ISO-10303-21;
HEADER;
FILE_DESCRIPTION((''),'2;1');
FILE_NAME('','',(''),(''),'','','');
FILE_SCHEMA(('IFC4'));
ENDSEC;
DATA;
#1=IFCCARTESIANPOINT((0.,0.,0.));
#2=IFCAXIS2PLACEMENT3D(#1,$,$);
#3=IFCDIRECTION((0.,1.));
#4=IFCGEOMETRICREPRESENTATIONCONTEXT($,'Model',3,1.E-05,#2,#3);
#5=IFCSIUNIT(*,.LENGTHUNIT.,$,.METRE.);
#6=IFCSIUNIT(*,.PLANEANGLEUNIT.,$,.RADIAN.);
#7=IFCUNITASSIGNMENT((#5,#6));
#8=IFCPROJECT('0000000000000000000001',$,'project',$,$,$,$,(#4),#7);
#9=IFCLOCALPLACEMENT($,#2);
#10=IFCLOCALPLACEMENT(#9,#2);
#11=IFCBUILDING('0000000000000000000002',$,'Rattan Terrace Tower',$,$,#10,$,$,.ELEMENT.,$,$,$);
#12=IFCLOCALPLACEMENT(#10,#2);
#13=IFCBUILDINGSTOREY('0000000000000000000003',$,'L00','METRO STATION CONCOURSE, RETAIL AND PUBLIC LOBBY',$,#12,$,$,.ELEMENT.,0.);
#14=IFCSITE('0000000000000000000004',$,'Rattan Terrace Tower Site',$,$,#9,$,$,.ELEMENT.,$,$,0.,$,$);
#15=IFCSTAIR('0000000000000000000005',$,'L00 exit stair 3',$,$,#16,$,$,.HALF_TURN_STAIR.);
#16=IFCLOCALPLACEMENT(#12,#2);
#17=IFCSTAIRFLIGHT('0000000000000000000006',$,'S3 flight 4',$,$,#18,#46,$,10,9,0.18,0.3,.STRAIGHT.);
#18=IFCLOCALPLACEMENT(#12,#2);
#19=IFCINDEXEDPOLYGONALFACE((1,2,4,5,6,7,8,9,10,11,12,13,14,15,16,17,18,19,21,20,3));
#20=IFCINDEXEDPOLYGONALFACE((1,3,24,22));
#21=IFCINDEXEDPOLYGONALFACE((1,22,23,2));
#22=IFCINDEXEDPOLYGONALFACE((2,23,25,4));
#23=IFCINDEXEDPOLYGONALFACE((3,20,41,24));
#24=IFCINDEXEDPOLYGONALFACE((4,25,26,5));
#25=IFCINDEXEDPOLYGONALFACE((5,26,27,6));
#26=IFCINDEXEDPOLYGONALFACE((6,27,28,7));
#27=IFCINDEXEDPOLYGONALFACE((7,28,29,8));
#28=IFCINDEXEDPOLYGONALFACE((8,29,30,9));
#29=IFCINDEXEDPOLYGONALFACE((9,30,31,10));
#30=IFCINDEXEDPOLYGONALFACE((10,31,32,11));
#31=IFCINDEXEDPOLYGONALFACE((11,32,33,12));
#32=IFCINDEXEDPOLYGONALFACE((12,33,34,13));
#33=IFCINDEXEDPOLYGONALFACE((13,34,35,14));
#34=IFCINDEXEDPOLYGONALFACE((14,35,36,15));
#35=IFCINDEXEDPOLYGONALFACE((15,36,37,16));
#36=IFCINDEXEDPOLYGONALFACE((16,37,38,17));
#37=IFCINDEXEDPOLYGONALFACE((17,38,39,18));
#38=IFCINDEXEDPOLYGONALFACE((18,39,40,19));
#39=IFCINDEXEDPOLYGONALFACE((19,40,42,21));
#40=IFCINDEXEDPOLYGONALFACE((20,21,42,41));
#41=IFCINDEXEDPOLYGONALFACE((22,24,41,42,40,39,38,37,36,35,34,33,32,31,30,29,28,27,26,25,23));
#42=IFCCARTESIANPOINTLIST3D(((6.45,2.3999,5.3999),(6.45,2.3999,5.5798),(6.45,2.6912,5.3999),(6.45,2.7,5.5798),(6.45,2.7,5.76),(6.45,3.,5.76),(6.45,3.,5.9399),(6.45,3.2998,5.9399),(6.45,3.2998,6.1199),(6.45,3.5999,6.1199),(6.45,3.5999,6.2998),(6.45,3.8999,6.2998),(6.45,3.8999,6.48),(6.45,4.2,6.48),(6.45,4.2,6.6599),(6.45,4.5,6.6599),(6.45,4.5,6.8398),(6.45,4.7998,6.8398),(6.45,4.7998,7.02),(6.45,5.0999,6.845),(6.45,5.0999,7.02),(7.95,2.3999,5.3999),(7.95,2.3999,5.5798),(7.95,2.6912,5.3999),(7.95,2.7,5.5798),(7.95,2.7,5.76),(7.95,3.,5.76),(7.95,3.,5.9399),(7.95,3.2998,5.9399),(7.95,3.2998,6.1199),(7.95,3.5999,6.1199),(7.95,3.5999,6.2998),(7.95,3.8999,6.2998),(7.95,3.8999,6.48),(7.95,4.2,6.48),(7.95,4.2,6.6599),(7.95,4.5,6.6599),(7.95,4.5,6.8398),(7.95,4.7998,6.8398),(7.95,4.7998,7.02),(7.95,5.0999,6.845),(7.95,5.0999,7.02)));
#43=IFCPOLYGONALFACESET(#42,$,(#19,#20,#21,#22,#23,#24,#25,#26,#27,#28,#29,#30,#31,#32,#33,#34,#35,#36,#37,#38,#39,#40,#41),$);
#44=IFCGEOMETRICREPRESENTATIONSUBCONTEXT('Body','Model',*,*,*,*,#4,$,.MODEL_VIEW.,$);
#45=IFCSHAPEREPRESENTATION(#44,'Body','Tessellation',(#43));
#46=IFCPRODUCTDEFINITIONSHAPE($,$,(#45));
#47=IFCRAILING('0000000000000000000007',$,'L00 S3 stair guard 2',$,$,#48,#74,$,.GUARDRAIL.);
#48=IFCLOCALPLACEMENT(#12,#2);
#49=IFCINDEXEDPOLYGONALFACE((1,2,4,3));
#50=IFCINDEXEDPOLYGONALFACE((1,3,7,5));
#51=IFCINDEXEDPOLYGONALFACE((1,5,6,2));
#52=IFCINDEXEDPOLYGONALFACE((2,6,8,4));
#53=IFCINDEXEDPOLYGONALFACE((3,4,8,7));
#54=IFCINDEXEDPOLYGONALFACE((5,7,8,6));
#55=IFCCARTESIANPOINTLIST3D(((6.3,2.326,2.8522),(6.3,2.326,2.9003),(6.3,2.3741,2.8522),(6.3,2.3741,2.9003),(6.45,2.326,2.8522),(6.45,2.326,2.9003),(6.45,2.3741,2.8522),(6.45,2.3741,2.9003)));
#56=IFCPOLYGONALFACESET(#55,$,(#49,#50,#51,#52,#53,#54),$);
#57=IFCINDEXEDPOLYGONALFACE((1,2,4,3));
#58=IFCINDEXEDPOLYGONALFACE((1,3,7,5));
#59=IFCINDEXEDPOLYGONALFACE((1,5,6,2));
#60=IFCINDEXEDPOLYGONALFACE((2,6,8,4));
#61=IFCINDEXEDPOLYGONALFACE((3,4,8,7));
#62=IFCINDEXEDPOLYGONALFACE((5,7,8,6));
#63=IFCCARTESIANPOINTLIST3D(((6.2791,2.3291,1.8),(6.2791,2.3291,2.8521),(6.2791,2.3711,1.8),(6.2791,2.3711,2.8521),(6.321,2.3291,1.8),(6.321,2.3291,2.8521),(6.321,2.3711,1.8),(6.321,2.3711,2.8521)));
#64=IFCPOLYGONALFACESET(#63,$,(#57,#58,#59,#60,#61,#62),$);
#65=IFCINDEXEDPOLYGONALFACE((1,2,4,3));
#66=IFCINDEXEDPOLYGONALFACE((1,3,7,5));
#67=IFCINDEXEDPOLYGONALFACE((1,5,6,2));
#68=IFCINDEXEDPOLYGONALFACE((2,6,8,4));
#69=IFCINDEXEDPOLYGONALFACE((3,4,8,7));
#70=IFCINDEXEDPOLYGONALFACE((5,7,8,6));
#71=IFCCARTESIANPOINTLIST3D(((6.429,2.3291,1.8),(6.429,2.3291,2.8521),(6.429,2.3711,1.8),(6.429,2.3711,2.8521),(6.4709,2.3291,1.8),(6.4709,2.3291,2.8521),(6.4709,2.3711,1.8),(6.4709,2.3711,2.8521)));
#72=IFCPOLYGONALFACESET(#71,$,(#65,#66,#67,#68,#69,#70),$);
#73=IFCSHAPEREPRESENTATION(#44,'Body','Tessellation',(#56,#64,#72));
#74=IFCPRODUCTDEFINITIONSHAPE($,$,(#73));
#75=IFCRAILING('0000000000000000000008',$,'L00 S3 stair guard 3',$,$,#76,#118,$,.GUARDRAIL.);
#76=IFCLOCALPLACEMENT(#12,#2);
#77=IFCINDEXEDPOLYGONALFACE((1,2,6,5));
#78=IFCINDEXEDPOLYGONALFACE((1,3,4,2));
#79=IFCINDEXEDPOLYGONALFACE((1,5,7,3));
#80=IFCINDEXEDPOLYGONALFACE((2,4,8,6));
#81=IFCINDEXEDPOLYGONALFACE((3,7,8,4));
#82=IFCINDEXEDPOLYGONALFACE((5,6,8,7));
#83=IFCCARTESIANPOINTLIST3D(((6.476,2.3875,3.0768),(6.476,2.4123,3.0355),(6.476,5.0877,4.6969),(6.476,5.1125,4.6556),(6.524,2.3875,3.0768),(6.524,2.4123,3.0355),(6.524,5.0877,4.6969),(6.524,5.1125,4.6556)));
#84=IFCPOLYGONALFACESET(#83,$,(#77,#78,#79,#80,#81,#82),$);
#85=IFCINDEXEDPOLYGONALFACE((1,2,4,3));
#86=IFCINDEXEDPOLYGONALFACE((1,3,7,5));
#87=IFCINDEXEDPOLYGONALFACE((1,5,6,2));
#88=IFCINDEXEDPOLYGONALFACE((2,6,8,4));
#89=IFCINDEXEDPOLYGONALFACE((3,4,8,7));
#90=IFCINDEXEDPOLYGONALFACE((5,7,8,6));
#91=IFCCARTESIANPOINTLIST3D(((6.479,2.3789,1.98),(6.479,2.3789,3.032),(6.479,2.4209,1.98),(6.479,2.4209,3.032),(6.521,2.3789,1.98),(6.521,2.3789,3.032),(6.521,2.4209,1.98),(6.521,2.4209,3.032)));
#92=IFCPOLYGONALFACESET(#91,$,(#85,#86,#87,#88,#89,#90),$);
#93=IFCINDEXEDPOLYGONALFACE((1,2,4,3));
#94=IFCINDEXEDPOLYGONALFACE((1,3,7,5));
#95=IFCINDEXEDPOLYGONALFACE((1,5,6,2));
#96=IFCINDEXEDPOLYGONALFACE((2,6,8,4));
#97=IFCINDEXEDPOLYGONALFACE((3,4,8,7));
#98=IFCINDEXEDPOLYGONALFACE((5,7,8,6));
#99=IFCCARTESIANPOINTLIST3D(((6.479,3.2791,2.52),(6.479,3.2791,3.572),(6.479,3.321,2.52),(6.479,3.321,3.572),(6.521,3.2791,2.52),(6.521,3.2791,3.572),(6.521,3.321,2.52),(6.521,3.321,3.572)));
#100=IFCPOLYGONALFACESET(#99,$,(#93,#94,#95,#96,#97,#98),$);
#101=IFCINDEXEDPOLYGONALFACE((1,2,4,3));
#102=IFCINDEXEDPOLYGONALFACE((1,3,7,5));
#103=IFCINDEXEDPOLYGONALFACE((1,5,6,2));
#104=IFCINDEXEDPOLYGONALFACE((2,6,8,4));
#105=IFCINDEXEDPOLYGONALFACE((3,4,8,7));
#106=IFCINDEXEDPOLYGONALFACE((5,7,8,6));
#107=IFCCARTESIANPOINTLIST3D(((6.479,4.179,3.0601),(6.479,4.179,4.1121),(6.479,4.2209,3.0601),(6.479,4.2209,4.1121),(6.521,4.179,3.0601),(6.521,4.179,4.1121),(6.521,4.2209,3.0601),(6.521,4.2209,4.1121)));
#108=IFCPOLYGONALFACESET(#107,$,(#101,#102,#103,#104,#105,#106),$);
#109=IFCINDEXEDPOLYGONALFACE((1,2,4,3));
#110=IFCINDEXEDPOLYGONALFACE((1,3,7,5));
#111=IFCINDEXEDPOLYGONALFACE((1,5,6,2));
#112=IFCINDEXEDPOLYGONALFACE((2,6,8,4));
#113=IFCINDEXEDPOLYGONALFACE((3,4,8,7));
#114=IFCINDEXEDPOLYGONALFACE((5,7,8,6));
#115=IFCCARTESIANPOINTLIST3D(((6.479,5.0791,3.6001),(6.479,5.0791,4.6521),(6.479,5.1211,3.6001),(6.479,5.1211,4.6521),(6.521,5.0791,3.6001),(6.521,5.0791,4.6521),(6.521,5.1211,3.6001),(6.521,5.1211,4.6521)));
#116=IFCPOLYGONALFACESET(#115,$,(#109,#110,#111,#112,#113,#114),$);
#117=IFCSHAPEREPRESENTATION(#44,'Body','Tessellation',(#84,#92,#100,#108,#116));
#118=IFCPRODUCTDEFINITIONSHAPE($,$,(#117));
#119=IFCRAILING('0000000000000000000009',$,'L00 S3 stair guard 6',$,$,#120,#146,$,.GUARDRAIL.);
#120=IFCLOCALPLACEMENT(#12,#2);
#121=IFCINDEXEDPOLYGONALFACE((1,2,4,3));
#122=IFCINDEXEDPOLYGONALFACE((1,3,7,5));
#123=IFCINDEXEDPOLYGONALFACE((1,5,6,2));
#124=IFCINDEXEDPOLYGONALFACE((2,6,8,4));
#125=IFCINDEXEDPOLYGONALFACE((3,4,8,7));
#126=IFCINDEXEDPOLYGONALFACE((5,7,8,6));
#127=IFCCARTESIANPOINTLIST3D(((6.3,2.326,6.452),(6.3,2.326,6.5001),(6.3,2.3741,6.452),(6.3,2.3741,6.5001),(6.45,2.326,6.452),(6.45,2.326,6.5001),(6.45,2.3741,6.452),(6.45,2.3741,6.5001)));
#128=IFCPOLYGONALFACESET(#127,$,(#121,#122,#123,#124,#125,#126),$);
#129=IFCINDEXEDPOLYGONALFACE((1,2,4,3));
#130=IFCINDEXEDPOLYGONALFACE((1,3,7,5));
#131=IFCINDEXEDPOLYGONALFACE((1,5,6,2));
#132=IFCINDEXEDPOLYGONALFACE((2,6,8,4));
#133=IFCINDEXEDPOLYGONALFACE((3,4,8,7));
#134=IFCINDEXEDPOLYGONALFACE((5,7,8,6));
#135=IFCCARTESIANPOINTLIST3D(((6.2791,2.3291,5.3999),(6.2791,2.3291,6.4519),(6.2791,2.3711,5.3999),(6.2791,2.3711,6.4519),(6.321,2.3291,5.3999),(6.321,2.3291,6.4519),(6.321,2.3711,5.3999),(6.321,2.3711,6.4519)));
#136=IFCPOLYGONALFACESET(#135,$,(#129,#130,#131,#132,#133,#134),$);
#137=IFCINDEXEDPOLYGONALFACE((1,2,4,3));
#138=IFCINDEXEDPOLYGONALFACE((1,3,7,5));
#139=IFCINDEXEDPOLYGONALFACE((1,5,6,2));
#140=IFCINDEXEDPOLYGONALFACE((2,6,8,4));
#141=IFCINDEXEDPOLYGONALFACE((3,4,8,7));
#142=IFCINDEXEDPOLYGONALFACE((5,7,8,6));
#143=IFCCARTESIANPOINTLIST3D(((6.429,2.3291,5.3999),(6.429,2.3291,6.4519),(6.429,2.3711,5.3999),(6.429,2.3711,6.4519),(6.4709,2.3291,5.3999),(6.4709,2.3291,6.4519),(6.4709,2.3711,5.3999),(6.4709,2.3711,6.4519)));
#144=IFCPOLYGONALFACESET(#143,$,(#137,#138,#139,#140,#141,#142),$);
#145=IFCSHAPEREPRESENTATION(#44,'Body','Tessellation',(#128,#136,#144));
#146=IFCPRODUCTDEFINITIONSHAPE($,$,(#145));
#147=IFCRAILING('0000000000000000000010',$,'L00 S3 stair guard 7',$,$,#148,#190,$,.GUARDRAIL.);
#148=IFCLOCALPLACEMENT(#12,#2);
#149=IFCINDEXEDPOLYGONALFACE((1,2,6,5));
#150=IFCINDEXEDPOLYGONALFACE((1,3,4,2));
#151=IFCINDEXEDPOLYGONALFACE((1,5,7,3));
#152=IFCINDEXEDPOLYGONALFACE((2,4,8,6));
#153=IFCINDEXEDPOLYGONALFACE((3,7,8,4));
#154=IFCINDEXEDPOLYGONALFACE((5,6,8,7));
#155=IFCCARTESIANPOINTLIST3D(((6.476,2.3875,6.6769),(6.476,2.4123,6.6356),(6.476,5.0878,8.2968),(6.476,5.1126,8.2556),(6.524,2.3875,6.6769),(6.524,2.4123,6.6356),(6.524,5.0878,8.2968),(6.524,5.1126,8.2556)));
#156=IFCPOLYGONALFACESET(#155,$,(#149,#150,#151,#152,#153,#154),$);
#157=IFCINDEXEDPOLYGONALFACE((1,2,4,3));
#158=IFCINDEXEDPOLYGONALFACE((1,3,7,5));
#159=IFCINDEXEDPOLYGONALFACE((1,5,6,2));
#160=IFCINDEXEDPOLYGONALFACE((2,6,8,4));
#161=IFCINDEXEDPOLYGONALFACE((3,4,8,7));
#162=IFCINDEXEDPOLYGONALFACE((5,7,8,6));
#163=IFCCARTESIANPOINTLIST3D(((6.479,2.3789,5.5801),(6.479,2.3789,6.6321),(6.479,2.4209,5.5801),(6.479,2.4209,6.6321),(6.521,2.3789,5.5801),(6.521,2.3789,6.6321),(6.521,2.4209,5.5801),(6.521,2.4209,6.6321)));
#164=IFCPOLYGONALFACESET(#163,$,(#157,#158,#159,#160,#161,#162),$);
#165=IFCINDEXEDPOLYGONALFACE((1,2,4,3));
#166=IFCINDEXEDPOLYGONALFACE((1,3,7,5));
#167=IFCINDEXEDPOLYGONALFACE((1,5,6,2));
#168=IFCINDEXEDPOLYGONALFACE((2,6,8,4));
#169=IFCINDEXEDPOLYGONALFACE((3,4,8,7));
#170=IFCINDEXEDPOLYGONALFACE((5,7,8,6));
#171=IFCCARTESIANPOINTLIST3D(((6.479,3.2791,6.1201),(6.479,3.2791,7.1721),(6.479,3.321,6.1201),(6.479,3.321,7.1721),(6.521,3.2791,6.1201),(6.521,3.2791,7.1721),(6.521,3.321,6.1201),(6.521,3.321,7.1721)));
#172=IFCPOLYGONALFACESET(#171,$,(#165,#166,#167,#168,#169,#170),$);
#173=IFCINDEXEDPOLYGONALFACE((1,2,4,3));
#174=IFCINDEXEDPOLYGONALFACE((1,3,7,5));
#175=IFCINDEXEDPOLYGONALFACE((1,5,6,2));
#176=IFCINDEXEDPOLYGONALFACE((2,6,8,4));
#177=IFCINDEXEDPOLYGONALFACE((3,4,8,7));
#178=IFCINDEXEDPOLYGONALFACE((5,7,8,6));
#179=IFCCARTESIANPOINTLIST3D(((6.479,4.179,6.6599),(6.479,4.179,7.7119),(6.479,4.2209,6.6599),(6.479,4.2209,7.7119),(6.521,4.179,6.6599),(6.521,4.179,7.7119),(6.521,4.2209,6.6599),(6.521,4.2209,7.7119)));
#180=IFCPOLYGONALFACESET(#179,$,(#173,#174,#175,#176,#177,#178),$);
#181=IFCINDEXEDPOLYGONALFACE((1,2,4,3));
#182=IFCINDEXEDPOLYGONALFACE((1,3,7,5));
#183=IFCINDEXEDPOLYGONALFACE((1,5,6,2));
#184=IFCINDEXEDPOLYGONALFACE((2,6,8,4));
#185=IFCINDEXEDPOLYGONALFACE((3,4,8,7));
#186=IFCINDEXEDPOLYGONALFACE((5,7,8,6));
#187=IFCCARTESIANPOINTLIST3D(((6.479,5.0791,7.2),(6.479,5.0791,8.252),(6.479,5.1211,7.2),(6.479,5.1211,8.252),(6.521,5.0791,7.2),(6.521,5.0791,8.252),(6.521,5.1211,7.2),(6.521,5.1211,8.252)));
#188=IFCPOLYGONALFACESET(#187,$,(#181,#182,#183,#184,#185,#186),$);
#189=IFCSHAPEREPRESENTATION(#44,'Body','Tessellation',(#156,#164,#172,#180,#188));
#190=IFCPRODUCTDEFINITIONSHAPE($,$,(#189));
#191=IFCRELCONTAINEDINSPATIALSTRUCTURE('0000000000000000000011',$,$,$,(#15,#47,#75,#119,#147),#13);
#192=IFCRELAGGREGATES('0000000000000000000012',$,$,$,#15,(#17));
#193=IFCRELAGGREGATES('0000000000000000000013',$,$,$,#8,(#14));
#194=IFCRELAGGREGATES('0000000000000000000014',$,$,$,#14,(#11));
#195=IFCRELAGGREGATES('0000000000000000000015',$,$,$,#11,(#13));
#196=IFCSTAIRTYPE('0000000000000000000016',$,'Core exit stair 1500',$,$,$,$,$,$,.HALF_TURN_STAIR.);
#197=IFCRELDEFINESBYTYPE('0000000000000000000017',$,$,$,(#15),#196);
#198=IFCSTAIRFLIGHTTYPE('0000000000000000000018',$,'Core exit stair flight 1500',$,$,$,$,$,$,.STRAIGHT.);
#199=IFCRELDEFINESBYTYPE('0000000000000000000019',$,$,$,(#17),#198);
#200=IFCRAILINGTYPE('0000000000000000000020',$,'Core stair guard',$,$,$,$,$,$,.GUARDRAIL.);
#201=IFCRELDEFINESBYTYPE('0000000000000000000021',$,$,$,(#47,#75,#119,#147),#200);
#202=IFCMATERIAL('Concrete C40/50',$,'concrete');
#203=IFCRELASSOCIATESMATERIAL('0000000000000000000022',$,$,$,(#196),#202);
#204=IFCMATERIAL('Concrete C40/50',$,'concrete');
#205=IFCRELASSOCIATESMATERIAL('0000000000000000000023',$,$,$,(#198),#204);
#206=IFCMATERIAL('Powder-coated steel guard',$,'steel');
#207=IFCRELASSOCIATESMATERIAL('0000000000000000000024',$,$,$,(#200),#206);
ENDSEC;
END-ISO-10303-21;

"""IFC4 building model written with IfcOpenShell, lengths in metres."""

from ifc_helpers import new_model, si_unit, direction, frame, origin, origin_2d, place, context, subcontext, project, spatial, polyline, rectangle, outline, extrude, material, type_object, element, aggregate, save


model = new_model("IFC4")

# Units and contexts
model_context = context("Model", 3, precision=1e-05, world=origin(), true_north=direction((0.0, 1.0)))
body_context = subcontext(model_context, "Body", "Model", "MODEL_VIEW")
ifc_project = project(units=[si_unit("LENGTHUNIT", "METRE"), si_unit("PLANEANGLEUNIT", "RADIAN")], contexts=[model_context])

# Site, building, storey
site_placement = place(None, origin())
site = spatial("IfcSite", under=ifc_project, at=site_placement, Name="Rattan Terrace Tower Site", CompositionType="ELEMENT", RefElevation=0.0)
building_placement = place(site_placement, origin())
building = spatial("IfcBuilding", under=site, at=building_placement, Name="Rattan Terrace Tower", CompositionType="ELEMENT")
storey_placement = place(building_placement, origin())
storey = spatial("IfcBuildingStorey", under=building, at=storey_placement, Name="L00", Description="METRO STATION CONCOURSE, RETAIL AND PUBLIC LOBBY", CompositionType="ELEMENT", Elevation=0.0)

# Stair, stair flight
ifc_material_1 = material(Name="Concrete C40/50", Category="concrete")
stair_type = type_object("IfcStairType", Name="Core exit stair 1500", PredefinedType="HALF_TURN_STAIR", material=ifc_material_1)
stair_placement = place(storey_placement, origin())
stair = element("IfcStair", 1, at=stair_placement, inside=storey, type_object=stair_type, Name="L00 exit stair 3", PredefinedType="HALF_TURN_STAIR")
ifc_material_2 = material(Name="Concrete C40/50", Category="concrete")
stair_flight_type = type_object("IfcStairFlightType", Name="Core exit stair flight 1500", PredefinedType="STRAIGHT", material=ifc_material_2)
stair_flight_1_placement = place(storey_placement, frame((7.2, 2.3999, 5.3999), z_axis=(0.0, 0.0, 1.0), x_axis=(0.0, 1.0, 0.0)))
stair_flight_1 = element("IfcStairFlight", 2, at=stair_flight_1_placement, type_object=stair_flight_type, Name="S3 flight 4", NumberOfRisers=10, NumberOfTreads=9, PredefinedType="STRAIGHT", RiserHeight=0.18, TreadLength=0.3, context=body_context, shape_type="SweptSolid", body=[
    extrude(outline(polyline([(0.0, 0.0), (0.0, 0.1799), (0.3, 0.1799), (0.3, 0.3601), (0.6001, 0.3601), (0.6001, 0.54), (0.8999, 0.54), (0.8999, 0.72), (1.2, 0.72), (1.2, 0.8999), (1.5, 0.8999), (1.5, 1.0801), (1.8, 1.0801), (1.8, 1.26), (2.1001, 1.26), (2.1001, 1.4399), (2.3999, 1.4399), (2.3999, 1.6201), (2.7, 1.6201), (2.7, 1.8), (2.7, 1.4451), (0.2913, 0.0), (0.0, 0.0)])), frame((0.0, 0.75, 0.0), z_axis=(0.0, -1.0, 0.0), x_axis=(1.0, 0.0, 0.0)), (0.0, 0.0, 1.0), 1.5),
])
aggregate(stair, [stair_flight_1])

# Railings
ifc_material_3 = material(Name="Powder-coated steel guard", Category="steel")
railing_type_1 = type_object("IfcRailingType", Name="Core stair guard", PredefinedType="GUARDRAIL", material=ifc_material_3)
railing_1_placement = place(storey_placement, frame((6.3, 2.3501, 1.8)))
element("IfcRailing", 3, at=railing_1_placement, inside=storey, type_object=railing_type_1, Name="L00 S3 stair guard 2", PredefinedType="GUARDRAIL", context=body_context, shape_type="SweptSolid", body=[
    extrude(rectangle(XDim=0.0481, YDim=0.0481, at=origin_2d()), frame((0.0, 0.0, 1.0762), z_axis=(1.0, 0.0, 0.0), x_axis=(0.0, 1.0, 0.0)), (0.0, 0.0, 1.0), 0.1499),
    extrude(rectangle(XDim=0.042, YDim=0.042, at=origin_2d()), origin(), (0.0, 0.0, 1.0), 1.052),
    extrude(rectangle(XDim=0.042, YDim=0.042, at=origin_2d()), frame((0.1499, 0.0, 0.0)), (0.0, 0.0, 1.0), 1.052),
])
railing_2_placement = place(storey_placement, frame((6.5, 2.3999, 1.98)))
element("IfcRailing", 4, at=railing_2_placement, inside=storey, type_object=railing_type_1, Name="L00 S3 stair guard 3", PredefinedType="GUARDRAIL", context=body_context, shape_type="SweptSolid", body=[
    extrude(rectangle(XDim=0.0481, YDim=0.0481, at=origin_2d()), frame((0.0, 0.0, 1.0762), z_axis=(0.0, 0.857493, 0.514496), x_axis=(-1.0, 0.0, 0.0)), (0.0, 0.0, 1.0), 3.1489),
    extrude(rectangle(XDim=0.042, YDim=0.042, at=origin_2d()), origin(), (0.0, 0.0, 1.0), 1.052),
    extrude(rectangle(XDim=0.042, YDim=0.042, at=origin_2d()), frame((0.0, 0.9001, 0.54)), (0.0, 0.0, 1.0), 1.052),
    extrude(rectangle(XDim=0.042, YDim=0.042, at=origin_2d()), frame((0.0, 1.8, 1.0801)), (0.0, 0.0, 1.0), 1.052),
    extrude(rectangle(XDim=0.042, YDim=0.042, at=origin_2d()), frame((0.0, 2.7002, 1.6201)), (0.0, 0.0, 1.0), 1.052),
])
railing_3_placement = place(storey_placement, frame((6.3, 2.3501, 5.3999)))
element("IfcRailing", 5, at=railing_3_placement, inside=storey, type_object=railing_type_1, Name="L00 S3 stair guard 6", PredefinedType="GUARDRAIL", context=body_context, shape_type="SweptSolid", body=[
    extrude(rectangle(XDim=0.0481, YDim=0.0481, at=origin_2d()), frame((0.0, 0.0, 1.0762), z_axis=(1.0, 0.0, 0.0), x_axis=(0.0, 1.0, 0.0)), (0.0, 0.0, 1.0), 0.1499),
    extrude(rectangle(XDim=0.042, YDim=0.042, at=origin_2d()), origin(), (0.0, 0.0, 1.0), 1.052),
    extrude(rectangle(XDim=0.042, YDim=0.042, at=origin_2d()), frame((0.1499, 0.0, 0.0)), (0.0, 0.0, 1.0), 1.052),
])
railing_4_placement = place(storey_placement, frame((6.5, 2.3999, 5.5801)))
element("IfcRailing", 6, at=railing_4_placement, inside=storey, type_object=railing_type_1, Name="L00 S3 stair guard 7", PredefinedType="GUARDRAIL", context=body_context, shape_type="SweptSolid", body=[
    extrude(rectangle(XDim=0.0481, YDim=0.0481, at=origin_2d()), frame((0.0, 0.0, 1.0762), z_axis=(0.0, 0.857527, 0.514439), x_axis=(-1.0, 0.0, 0.0)), (0.0, 0.0, 1.0), 3.1489),
    extrude(rectangle(XDim=0.042, YDim=0.042, at=origin_2d()), origin(), (0.0, 0.0, 1.0), 1.052),
    extrude(rectangle(XDim=0.042, YDim=0.042, at=origin_2d()), frame((0.0, 0.9001, 0.54)), (0.0, 0.0, 1.0), 1.052),
    extrude(rectangle(XDim=0.042, YDim=0.042, at=origin_2d()), frame((0.0, 1.8, 1.0798)), (0.0, 0.0, 1.0), 1.052),
    extrude(rectangle(XDim=0.042, YDim=0.042, at=origin_2d()), frame((0.0, 2.7002, 1.6199)), (0.0, 0.0, 1.0), 1.052),
])

save(model, "model.ifc")
